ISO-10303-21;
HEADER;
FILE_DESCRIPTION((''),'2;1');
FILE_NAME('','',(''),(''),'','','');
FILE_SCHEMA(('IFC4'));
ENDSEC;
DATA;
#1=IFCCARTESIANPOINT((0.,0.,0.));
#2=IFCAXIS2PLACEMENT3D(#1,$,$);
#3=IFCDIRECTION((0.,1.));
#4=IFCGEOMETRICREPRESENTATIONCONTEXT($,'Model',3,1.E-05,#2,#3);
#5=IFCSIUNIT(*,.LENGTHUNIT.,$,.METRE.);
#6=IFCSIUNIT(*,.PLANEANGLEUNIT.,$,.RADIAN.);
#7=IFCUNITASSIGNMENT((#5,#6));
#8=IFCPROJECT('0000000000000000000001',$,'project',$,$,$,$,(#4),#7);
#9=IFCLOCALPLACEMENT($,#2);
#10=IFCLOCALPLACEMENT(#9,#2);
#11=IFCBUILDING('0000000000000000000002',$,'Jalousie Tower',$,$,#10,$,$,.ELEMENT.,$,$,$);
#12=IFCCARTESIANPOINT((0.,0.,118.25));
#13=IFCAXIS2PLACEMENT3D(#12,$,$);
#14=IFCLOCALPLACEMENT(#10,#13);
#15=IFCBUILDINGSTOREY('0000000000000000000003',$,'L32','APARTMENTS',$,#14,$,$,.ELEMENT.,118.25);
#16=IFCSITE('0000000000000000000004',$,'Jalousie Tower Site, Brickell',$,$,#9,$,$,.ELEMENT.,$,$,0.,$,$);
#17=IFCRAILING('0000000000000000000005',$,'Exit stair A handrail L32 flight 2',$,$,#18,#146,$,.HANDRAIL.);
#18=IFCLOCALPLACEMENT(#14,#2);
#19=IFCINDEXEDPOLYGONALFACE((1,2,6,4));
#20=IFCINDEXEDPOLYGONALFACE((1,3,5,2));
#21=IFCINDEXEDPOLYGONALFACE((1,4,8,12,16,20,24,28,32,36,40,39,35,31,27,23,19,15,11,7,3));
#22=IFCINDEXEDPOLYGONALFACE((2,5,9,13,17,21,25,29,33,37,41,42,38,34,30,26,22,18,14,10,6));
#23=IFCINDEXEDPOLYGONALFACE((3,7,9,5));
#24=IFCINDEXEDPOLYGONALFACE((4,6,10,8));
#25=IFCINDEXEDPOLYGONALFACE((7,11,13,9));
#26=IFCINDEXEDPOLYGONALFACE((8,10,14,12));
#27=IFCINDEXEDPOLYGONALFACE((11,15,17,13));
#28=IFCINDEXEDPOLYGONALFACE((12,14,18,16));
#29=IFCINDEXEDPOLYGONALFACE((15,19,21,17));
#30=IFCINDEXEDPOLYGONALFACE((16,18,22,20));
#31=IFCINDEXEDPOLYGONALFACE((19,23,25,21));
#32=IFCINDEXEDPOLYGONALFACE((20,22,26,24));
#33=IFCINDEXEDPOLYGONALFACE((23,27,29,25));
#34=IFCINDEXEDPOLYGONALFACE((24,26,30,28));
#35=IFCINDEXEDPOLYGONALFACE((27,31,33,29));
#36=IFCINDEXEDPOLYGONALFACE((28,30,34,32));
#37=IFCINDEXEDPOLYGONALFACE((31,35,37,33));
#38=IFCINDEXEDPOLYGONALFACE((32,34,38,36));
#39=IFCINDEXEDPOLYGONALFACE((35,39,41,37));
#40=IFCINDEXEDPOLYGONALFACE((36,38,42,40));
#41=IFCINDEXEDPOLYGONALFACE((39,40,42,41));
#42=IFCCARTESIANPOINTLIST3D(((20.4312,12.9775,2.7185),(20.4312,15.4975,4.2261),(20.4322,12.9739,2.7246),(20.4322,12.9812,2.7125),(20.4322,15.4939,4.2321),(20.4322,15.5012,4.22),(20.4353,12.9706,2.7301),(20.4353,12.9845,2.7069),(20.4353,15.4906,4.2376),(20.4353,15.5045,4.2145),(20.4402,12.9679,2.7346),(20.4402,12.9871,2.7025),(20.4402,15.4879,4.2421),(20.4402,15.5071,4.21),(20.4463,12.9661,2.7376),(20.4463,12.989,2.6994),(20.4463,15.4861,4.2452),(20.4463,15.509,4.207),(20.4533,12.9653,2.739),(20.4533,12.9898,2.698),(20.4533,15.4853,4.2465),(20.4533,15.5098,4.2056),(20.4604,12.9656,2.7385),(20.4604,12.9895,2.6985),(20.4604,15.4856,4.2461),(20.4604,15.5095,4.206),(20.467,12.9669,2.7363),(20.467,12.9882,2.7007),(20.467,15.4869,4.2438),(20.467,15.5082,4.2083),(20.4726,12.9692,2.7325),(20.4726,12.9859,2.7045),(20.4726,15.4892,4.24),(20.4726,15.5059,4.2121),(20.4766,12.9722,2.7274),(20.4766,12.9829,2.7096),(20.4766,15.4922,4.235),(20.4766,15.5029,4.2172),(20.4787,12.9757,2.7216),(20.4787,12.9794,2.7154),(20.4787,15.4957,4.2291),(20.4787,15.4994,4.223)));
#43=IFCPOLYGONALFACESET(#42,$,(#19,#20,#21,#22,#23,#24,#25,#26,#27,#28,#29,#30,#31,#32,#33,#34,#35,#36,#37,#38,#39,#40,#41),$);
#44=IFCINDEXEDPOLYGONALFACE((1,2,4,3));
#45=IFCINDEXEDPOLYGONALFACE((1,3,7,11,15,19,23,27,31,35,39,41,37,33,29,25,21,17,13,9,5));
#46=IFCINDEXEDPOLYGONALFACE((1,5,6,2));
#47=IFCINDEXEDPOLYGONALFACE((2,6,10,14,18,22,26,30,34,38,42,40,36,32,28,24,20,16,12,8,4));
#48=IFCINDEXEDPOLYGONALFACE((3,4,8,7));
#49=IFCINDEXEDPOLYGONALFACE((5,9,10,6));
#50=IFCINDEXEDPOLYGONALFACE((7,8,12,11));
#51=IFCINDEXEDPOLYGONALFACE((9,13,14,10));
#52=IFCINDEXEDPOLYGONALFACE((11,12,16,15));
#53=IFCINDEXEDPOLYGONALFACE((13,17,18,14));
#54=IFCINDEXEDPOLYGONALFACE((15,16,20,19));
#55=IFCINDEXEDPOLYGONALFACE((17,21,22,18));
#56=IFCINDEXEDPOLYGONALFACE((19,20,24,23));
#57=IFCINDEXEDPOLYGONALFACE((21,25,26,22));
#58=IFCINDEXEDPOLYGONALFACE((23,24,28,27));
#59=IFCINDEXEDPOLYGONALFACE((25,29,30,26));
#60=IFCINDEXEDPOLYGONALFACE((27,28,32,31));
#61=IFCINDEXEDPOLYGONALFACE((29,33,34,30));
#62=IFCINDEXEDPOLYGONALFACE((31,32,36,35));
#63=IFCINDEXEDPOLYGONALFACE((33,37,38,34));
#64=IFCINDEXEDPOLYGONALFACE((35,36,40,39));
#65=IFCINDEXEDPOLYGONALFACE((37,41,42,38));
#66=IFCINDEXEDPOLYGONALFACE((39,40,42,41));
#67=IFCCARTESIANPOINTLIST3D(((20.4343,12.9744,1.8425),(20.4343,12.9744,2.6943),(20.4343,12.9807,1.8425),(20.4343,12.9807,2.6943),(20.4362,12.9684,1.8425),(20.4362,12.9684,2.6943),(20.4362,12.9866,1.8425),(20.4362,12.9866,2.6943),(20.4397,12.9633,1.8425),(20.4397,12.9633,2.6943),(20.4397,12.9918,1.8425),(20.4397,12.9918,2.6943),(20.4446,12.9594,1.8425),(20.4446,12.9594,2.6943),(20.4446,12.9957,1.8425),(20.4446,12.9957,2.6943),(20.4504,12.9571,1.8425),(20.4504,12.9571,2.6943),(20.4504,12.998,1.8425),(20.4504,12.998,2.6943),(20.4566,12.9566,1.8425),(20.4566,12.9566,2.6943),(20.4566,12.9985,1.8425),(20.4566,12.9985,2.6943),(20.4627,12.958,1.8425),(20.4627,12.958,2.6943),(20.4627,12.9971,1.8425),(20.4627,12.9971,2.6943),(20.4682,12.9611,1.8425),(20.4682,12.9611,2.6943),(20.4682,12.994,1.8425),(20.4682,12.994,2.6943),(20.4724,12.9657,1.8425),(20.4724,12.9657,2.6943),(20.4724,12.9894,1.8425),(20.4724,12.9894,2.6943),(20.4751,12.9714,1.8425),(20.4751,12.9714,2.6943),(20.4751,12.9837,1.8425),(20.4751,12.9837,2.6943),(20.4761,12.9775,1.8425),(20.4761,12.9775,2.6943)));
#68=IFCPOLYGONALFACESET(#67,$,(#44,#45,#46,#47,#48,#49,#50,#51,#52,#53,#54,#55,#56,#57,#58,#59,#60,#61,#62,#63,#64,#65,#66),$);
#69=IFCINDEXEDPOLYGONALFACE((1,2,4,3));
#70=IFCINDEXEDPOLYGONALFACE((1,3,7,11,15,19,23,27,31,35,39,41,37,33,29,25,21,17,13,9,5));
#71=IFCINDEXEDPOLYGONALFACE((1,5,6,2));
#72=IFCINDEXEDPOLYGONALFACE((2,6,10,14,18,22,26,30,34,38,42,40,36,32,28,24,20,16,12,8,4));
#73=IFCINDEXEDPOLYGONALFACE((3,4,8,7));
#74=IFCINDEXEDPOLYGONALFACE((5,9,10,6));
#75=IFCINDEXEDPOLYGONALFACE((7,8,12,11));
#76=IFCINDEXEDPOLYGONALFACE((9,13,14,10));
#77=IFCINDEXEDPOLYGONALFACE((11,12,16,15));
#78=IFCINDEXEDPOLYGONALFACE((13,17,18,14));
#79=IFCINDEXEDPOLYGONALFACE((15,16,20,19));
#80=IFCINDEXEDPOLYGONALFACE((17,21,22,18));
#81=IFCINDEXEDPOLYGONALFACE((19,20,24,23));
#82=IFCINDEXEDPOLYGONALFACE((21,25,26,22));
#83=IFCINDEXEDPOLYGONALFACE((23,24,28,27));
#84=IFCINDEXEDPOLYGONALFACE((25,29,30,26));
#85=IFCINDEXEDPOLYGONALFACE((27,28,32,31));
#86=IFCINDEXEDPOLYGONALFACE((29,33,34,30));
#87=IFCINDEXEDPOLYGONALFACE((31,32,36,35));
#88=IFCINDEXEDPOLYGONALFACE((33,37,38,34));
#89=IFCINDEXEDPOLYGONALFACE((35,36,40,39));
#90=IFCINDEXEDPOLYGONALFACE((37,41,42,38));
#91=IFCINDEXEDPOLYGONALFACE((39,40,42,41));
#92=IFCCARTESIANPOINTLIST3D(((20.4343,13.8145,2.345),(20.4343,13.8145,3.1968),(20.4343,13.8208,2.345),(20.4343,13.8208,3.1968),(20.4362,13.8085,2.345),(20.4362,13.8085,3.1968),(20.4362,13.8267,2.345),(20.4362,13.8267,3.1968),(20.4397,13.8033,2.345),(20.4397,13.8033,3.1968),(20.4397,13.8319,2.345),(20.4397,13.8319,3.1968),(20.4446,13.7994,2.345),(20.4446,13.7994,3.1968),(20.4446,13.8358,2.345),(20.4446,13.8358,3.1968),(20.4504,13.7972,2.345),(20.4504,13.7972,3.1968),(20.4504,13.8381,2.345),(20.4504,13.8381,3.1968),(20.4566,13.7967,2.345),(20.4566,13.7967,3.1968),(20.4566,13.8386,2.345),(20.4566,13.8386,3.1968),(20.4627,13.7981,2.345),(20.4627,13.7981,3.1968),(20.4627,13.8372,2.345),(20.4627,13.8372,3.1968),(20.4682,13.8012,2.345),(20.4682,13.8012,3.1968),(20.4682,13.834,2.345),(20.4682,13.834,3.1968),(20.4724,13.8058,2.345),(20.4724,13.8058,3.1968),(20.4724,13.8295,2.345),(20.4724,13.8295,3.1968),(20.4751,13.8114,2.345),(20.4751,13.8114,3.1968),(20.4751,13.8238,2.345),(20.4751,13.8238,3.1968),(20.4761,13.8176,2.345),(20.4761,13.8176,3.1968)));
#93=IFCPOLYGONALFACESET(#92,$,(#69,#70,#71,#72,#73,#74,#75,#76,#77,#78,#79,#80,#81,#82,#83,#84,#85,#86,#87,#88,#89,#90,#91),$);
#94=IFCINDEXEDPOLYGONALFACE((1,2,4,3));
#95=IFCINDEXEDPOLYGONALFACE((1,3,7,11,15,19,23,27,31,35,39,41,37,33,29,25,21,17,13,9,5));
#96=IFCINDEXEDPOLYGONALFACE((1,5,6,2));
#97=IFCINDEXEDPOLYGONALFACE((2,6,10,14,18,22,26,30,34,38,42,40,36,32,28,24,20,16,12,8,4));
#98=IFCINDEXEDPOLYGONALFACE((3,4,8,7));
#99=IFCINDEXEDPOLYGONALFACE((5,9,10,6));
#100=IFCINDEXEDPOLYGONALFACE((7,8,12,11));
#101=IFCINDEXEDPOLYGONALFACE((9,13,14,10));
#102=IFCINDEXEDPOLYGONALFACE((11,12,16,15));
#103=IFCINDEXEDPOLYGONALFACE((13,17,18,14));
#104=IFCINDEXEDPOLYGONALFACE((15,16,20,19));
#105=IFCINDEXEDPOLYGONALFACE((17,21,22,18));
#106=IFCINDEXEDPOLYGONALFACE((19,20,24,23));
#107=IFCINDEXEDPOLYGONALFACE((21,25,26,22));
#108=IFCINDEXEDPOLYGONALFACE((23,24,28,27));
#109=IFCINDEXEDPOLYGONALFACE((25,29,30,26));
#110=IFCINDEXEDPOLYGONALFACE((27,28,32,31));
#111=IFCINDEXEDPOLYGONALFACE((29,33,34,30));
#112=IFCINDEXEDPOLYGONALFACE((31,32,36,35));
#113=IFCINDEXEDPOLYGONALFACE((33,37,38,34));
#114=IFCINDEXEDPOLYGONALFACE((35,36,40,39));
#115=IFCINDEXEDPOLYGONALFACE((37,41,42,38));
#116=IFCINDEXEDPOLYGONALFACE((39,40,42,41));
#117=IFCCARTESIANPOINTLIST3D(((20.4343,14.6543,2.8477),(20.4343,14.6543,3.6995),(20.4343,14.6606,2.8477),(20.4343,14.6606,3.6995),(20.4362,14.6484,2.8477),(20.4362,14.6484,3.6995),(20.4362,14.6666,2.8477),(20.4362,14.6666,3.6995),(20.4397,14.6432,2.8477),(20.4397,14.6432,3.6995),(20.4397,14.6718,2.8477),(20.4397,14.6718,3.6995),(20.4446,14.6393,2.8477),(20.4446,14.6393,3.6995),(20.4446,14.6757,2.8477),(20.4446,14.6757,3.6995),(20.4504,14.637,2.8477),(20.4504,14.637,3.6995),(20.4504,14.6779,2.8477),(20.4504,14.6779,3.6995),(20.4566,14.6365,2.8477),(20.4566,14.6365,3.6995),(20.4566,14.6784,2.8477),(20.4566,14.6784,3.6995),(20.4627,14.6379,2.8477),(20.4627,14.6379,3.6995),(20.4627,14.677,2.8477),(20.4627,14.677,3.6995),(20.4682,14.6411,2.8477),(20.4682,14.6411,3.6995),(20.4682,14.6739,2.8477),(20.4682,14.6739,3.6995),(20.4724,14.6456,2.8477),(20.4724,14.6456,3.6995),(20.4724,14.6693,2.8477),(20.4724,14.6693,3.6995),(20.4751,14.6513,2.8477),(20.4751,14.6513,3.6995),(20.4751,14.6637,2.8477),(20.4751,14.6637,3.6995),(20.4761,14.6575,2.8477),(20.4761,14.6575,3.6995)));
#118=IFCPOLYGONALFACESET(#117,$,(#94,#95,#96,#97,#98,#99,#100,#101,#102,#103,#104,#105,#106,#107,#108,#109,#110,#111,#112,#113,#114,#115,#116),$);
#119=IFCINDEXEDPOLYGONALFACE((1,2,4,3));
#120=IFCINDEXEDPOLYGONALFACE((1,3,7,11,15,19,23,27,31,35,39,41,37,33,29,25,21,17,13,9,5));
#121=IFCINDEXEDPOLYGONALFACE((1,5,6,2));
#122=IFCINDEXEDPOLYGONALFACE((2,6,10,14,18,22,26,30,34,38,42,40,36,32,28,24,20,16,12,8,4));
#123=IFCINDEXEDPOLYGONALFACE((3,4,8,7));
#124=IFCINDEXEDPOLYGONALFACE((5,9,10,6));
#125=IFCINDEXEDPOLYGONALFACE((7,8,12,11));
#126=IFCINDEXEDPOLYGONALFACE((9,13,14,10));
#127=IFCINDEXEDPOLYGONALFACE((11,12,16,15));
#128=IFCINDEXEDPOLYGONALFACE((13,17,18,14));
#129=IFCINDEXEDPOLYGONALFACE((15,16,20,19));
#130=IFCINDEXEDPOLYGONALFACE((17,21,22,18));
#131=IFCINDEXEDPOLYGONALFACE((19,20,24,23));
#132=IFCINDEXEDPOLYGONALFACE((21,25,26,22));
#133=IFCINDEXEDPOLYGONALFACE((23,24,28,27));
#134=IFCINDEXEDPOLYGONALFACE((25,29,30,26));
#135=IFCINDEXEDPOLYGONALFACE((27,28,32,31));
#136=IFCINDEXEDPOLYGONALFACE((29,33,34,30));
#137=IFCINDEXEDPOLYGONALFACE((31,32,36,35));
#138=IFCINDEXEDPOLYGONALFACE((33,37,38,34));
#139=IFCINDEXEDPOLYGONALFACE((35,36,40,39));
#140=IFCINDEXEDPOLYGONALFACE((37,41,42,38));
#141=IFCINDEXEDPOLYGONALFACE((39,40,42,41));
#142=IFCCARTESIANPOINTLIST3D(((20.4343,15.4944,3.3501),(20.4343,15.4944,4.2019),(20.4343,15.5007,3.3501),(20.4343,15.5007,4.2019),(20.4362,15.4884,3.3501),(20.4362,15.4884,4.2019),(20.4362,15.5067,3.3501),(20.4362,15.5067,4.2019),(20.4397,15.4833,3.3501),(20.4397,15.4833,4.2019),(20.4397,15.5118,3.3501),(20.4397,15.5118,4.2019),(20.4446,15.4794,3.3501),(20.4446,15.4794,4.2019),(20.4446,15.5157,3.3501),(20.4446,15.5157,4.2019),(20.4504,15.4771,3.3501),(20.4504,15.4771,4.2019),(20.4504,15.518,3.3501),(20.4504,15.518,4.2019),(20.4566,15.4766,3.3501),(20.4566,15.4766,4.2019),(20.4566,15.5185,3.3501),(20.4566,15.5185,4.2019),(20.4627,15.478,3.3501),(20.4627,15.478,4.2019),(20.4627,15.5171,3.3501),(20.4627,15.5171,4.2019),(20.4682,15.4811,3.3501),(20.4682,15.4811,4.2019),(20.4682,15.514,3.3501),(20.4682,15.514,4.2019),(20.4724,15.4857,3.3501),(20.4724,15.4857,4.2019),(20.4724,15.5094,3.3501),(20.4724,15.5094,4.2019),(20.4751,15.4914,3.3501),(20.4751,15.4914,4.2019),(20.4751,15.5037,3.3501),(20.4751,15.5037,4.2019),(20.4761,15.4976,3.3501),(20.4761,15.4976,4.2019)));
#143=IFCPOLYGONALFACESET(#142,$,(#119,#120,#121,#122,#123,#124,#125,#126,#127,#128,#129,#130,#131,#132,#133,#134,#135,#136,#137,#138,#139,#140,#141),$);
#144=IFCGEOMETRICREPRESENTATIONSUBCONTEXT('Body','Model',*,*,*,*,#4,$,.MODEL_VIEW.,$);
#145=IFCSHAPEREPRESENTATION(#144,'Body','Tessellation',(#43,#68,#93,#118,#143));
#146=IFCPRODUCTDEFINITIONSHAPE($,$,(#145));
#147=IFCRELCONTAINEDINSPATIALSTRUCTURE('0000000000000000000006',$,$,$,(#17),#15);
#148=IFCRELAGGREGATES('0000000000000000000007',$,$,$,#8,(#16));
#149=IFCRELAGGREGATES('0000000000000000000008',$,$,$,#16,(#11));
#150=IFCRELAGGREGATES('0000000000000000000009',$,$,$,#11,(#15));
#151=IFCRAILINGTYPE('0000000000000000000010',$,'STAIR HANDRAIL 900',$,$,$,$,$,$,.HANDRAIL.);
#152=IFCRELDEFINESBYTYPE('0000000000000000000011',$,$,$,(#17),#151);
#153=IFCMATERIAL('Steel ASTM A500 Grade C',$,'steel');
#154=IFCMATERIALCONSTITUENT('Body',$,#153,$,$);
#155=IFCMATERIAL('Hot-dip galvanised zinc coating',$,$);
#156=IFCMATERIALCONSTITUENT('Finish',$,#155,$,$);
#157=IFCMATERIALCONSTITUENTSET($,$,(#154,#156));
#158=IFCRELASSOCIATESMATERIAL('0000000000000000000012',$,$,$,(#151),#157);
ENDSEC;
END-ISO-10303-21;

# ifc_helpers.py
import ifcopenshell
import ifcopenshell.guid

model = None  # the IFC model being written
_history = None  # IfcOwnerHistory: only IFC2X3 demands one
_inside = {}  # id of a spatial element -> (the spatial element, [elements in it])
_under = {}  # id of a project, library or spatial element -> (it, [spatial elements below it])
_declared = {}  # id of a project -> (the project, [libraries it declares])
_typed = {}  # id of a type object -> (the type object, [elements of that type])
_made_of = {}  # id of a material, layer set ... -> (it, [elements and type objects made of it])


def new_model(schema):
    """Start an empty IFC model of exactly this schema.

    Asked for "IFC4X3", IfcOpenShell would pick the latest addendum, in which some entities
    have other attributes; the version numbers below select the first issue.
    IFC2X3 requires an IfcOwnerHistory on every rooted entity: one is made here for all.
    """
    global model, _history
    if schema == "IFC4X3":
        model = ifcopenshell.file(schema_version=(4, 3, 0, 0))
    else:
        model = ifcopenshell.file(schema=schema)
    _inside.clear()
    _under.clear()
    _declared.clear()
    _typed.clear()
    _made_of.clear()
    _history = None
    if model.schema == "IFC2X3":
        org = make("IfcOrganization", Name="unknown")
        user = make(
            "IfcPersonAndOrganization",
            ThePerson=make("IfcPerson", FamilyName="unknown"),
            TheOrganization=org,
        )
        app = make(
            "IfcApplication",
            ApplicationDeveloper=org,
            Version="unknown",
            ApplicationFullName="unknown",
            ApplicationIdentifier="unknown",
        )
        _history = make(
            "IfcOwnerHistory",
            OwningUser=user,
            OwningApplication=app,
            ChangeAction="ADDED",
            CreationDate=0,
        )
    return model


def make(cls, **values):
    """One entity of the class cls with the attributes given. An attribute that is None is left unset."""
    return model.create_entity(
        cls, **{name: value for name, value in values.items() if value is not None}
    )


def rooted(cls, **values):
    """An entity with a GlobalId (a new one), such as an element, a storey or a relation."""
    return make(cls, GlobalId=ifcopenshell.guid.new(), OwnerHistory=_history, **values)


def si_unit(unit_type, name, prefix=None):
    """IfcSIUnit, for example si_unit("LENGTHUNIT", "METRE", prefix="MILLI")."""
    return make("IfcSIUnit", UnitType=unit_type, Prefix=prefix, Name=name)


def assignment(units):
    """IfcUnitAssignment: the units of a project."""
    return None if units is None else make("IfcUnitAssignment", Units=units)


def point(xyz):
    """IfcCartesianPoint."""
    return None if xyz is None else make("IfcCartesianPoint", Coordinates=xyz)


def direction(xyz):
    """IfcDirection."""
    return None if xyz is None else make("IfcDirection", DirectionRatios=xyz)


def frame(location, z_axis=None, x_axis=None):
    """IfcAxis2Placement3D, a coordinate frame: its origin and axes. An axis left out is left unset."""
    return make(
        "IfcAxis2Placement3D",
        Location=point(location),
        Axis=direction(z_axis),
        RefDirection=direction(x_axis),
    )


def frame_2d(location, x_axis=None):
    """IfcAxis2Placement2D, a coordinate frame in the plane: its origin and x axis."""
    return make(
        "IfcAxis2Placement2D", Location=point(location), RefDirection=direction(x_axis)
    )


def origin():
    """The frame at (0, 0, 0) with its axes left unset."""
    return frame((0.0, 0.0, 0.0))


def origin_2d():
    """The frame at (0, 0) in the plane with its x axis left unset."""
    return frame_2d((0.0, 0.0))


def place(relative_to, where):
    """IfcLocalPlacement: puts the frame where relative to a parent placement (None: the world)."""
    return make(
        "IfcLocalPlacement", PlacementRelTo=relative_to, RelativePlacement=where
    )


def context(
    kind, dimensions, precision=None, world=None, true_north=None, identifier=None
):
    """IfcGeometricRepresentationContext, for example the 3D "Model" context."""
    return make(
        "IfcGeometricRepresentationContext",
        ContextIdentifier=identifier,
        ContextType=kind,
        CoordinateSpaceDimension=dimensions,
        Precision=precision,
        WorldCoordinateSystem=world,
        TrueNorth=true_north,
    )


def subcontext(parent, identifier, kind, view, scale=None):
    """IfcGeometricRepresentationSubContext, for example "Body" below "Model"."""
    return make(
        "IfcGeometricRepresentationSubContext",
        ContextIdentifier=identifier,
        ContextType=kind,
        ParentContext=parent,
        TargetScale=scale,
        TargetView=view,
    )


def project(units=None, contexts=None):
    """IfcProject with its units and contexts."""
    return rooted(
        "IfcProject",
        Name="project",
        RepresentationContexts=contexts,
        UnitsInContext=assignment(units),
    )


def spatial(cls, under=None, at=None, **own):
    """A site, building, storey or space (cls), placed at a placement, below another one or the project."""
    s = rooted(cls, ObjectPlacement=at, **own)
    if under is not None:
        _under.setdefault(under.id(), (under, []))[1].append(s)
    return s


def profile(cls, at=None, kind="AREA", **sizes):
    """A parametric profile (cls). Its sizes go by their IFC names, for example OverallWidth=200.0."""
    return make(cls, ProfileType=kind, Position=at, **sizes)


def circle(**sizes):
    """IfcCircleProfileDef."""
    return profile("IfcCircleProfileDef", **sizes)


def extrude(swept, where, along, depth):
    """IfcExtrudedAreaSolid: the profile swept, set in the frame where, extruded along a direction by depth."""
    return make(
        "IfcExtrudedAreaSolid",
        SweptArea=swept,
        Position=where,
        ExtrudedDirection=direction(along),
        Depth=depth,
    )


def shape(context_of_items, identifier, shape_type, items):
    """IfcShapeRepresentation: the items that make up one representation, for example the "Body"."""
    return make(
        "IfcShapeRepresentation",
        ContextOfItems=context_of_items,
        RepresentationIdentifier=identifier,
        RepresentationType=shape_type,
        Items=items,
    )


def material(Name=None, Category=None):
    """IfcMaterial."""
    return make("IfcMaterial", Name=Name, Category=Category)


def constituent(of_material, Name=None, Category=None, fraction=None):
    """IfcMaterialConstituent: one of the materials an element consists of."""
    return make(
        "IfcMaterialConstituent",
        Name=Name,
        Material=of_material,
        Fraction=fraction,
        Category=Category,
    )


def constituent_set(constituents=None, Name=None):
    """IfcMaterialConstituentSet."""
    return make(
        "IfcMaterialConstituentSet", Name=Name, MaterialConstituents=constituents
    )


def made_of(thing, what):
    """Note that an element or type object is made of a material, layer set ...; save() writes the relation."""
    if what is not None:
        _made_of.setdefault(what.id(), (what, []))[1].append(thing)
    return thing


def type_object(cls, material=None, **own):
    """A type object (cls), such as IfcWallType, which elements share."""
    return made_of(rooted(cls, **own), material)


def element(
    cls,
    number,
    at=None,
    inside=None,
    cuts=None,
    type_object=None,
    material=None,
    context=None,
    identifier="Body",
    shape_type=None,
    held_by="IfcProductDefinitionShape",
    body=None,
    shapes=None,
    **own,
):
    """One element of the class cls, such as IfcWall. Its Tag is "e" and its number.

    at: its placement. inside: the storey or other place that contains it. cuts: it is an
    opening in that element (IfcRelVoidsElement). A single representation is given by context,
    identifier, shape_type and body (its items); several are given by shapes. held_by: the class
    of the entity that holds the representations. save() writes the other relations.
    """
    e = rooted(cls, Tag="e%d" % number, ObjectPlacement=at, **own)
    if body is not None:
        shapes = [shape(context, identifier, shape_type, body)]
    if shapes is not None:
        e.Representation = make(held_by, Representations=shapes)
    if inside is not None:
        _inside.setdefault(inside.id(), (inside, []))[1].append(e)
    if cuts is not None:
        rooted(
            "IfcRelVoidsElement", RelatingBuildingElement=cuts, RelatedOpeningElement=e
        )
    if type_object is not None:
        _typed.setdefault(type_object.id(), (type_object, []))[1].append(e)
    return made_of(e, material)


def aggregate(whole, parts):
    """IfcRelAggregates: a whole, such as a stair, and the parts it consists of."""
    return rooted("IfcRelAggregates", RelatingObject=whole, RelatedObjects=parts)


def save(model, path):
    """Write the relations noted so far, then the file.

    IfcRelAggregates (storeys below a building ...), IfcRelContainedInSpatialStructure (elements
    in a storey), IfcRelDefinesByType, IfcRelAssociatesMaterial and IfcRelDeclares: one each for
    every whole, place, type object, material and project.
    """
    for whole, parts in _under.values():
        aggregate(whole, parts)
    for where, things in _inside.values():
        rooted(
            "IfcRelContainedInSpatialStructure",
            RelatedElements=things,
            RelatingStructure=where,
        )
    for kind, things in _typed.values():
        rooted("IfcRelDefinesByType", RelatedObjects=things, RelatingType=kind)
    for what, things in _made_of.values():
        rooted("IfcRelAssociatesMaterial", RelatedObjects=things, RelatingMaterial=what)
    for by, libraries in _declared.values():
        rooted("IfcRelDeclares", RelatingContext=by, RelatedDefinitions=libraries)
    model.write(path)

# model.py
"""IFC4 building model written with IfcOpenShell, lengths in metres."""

from ifc_helpers import new_model, si_unit, direction, frame, origin, origin_2d, place, context, subcontext, project, spatial, circle, extrude, material, constituent, constituent_set, type_object, element, save


model = new_model("IFC4")

# Units and contexts
model_context = context("Model", 3, precision=1e-05, world=origin(), true_north=direction((0.0, 1.0)))
body_context = subcontext(model_context, "Body", "Model", "MODEL_VIEW")
ifc_project = project(units=[si_unit("LENGTHUNIT", "METRE"), si_unit("PLANEANGLEUNIT", "RADIAN")], contexts=[model_context])

# Site, building, storey
site_placement = place(None, origin())
site = spatial("IfcSite", under=ifc_project, at=site_placement, Name="Jalousie Tower Site, Brickell", CompositionType="ELEMENT", RefElevation=0.0)
building_placement = place(site_placement, origin())
building = spatial("IfcBuilding", under=site, at=building_placement, Name="Jalousie Tower", CompositionType="ELEMENT")
storey_placement = place(building_placement, frame((0.0, 0.0, 118.25)))
storey = spatial("IfcBuildingStorey", under=building, at=storey_placement, Name="L32", Description="APARTMENTS", CompositionType="ELEMENT", Elevation=118.25)

# Railing
ifc_material_1 = material(Name="Steel ASTM A500 Grade C", Category="steel")
ifc_constituent_1 = constituent(ifc_material_1, Name="Body")
ifc_material_2 = material(Name="Hot-dip galvanised zinc coating")
ifc_constituent_2 = constituent(ifc_material_2, Name="Finish")
ifc_constituent_set_1 = constituent_set(constituents=[ifc_constituent_1, ifc_constituent_2])
railing_type_1 = type_object("IfcRailingType", Name="STAIR HANDRAIL 900", PredefinedType="HANDRAIL", material=ifc_constituent_set_1)
railing_1_placement = place(storey_placement, frame((20.4551, 12.9775, 1.8425)))
element("IfcRailing", 1, at=railing_1_placement, inside=storey, type_object=railing_type_1, Name="Exit stair A handrail L32 flight 2", PredefinedType="HANDRAIL", context=body_context, shape_type="SweptSolid", body=[
    extrude(circle(Radius=0.0239, at=origin_2d()), frame((0.0, 0.0, 0.876), z_axis=(0.0, 0.85816, 0.513383), x_axis=(-1.0, 0.0, 0.0)), (0.0, 0.0, 1.0), 2.9365),
    extrude(circle(Radius=0.021, at=origin_2d()), origin(), (0.0, 0.0, 1.0), 0.8518),
    extrude(circle(Radius=0.021, at=origin_2d()), frame((0.0, 0.8401, 0.5024)), (0.0, 0.0, 1.0), 0.8518),
    extrude(circle(Radius=0.021, at=origin_2d()), frame((0.0, 1.6799, 1.0051)), (0.0, 0.0, 1.0), 0.8518),
    extrude(circle(Radius=0.021, at=origin_2d()), frame((0.0, 2.52, 1.5076)), (0.0, 0.0, 1.0), 0.8518),
])

save(model, "model.ifc")
